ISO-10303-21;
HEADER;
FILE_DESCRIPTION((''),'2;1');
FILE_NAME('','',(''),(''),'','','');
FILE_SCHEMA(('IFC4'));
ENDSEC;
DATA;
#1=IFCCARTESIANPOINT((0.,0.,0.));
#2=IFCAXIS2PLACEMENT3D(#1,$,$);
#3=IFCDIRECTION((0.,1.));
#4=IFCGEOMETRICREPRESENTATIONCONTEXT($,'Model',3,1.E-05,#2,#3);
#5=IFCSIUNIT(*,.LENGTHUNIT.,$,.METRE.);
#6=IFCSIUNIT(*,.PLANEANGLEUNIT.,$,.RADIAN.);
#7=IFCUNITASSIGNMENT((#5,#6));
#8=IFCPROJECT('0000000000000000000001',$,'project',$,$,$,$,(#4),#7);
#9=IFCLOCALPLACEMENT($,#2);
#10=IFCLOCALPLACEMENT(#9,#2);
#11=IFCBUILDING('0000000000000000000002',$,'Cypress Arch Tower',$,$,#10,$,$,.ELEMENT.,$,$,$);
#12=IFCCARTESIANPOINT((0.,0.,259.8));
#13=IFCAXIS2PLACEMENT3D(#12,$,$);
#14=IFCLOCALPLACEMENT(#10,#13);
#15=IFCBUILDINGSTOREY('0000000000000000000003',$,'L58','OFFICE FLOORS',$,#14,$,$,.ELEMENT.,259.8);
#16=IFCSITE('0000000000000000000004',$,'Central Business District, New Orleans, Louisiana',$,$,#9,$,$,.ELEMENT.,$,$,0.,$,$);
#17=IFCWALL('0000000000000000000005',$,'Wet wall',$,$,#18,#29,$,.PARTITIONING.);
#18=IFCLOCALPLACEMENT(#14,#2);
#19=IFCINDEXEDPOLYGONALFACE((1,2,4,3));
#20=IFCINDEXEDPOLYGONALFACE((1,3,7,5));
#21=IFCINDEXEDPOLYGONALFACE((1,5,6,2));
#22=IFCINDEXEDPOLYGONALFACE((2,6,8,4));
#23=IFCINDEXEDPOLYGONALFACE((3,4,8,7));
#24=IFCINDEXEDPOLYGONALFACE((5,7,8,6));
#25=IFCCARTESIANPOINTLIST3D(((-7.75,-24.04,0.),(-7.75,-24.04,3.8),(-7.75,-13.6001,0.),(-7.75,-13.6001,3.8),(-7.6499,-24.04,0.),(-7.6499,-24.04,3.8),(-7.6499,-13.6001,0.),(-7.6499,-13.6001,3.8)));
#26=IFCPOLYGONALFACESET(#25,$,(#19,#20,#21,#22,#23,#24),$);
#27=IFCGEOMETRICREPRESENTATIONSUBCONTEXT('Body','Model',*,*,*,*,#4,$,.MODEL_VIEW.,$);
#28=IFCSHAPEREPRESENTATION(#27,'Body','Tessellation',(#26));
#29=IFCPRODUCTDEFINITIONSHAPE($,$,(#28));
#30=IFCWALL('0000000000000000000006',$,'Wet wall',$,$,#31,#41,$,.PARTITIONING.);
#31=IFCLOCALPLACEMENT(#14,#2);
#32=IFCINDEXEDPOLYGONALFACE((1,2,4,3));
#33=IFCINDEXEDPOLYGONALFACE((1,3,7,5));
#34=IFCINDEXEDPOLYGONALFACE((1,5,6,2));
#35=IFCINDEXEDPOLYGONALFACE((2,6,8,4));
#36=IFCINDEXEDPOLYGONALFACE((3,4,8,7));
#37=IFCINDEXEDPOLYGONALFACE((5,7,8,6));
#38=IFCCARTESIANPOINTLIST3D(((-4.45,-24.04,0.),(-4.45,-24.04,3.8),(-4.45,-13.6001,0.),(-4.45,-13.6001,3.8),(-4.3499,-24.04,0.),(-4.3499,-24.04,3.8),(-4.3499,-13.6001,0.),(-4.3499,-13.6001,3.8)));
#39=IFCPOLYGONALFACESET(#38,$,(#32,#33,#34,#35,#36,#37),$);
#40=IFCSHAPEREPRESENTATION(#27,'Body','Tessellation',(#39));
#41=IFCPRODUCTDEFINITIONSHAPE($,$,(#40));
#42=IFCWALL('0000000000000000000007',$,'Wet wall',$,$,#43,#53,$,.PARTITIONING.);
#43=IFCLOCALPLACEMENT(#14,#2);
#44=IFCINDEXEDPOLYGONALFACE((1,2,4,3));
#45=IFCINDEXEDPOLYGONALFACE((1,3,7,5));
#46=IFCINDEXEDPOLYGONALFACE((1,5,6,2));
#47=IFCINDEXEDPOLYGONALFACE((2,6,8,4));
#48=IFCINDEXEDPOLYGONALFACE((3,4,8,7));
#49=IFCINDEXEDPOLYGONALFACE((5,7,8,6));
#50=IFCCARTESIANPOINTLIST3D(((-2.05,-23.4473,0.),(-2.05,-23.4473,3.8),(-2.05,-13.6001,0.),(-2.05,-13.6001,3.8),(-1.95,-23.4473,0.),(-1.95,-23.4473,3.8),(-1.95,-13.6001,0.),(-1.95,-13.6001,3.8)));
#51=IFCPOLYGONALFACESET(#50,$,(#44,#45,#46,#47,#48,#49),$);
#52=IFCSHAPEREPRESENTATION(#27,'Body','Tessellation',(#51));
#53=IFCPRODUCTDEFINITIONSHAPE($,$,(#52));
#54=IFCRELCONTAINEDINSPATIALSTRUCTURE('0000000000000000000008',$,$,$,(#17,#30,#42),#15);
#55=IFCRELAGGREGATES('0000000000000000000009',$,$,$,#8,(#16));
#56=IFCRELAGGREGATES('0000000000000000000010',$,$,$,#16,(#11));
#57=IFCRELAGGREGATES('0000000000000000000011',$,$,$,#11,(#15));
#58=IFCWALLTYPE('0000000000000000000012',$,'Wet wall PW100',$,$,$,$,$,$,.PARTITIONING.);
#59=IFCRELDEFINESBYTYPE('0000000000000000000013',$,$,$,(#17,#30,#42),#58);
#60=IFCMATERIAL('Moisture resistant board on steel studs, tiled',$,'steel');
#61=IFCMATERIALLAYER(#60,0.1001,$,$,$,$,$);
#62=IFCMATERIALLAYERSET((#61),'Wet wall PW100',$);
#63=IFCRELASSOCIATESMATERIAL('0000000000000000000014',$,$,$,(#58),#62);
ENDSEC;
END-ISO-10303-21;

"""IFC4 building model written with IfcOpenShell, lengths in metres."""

from ifc_helpers import new_model, si_unit, direction, frame, frame_2d, origin, place, context, subcontext, project, spatial, rectangle, extrude, material, layer, layer_set, type_object, element, save


model = new_model("IFC4")

# Units and contexts
model_context = context("Model", 3, precision=1e-05, world=origin(), true_north=direction((0.0, 1.0)))
body_context = subcontext(model_context, "Body", "Model", "MODEL_VIEW")
ifc_project = project(units=[si_unit("LENGTHUNIT", "METRE"), si_unit("PLANEANGLEUNIT", "RADIAN")], contexts=[model_context])

# Site, building, storey
site_placement = place(None, origin())
site = spatial("IfcSite", under=ifc_project, at=site_placement, Name="Central Business District, New Orleans, Louisiana", CompositionType="ELEMENT", RefElevation=0.0)
building_placement = place(site_placement, origin())
building = spatial("IfcBuilding", under=site, at=building_placement, Name="Cypress Arch Tower", CompositionType="ELEMENT")
storey_placement = place(building_placement, frame((0.0, 0.0, 259.8)))
storey = spatial("IfcBuildingStorey", under=building, at=storey_placement, Name="L58", Description="OFFICE FLOORS", CompositionType="ELEMENT", Elevation=259.8)

# Walls
ifc_material_1 = material(Name="Moisture resistant board on steel studs, tiled", Category="steel")
ifc_layer_1 = layer(ifc_material_1, 0.1001)
ifc_layer_set_1 = layer_set([ifc_layer_1], Name="Wet wall PW100")
wall_type_1 = type_object("IfcWallType", Name="Wet wall PW100", PredefinedType="PARTITIONING", material=ifc_layer_set_1)
for number, where, z_axis, x_axis, name in (
    (1, (-7.7, -24.04, 0.0), (0.0, 0.0, 1.0), (0.0, 1.0, 0.0), "Wet wall"),
    (2, (-4.3999, -24.04, 0.0), (0.0, 0.0, 1.0), (0.0, 1.0, 0.0), "Wet wall"),
):
    element("IfcWall", number, at=place(storey_placement, frame(where, z_axis=z_axis, x_axis=x_axis)), inside=storey, type_object=wall_type_1, Name=name, PredefinedType="PARTITIONING", context=body_context, shape_type="SweptSolid", body=[
        extrude(rectangle(XDim=10.4399, YDim=0.1001, at=frame_2d((5.22, 0.0))), origin(), (0.0, 0.0, 1.0), 3.8),
    ])
wall_1_placement = place(storey_placement, frame((-2.0, -23.4473, 0.0), z_axis=(0.0, 0.0, 1.0), x_axis=(0.0, 1.0, 0.0)))
element("IfcWall", 3, at=wall_1_placement, inside=storey, type_object=wall_type_1, Name="Wet wall", PredefinedType="PARTITIONING", context=body_context, shape_type="SweptSolid", body=[
    extrude(rectangle(XDim=9.8472, YDim=0.1001, at=frame_2d((4.9236, 0.0))), origin(), (0.0, 0.0, 1.0), 3.8),
])

save(model, "model.ifc")
